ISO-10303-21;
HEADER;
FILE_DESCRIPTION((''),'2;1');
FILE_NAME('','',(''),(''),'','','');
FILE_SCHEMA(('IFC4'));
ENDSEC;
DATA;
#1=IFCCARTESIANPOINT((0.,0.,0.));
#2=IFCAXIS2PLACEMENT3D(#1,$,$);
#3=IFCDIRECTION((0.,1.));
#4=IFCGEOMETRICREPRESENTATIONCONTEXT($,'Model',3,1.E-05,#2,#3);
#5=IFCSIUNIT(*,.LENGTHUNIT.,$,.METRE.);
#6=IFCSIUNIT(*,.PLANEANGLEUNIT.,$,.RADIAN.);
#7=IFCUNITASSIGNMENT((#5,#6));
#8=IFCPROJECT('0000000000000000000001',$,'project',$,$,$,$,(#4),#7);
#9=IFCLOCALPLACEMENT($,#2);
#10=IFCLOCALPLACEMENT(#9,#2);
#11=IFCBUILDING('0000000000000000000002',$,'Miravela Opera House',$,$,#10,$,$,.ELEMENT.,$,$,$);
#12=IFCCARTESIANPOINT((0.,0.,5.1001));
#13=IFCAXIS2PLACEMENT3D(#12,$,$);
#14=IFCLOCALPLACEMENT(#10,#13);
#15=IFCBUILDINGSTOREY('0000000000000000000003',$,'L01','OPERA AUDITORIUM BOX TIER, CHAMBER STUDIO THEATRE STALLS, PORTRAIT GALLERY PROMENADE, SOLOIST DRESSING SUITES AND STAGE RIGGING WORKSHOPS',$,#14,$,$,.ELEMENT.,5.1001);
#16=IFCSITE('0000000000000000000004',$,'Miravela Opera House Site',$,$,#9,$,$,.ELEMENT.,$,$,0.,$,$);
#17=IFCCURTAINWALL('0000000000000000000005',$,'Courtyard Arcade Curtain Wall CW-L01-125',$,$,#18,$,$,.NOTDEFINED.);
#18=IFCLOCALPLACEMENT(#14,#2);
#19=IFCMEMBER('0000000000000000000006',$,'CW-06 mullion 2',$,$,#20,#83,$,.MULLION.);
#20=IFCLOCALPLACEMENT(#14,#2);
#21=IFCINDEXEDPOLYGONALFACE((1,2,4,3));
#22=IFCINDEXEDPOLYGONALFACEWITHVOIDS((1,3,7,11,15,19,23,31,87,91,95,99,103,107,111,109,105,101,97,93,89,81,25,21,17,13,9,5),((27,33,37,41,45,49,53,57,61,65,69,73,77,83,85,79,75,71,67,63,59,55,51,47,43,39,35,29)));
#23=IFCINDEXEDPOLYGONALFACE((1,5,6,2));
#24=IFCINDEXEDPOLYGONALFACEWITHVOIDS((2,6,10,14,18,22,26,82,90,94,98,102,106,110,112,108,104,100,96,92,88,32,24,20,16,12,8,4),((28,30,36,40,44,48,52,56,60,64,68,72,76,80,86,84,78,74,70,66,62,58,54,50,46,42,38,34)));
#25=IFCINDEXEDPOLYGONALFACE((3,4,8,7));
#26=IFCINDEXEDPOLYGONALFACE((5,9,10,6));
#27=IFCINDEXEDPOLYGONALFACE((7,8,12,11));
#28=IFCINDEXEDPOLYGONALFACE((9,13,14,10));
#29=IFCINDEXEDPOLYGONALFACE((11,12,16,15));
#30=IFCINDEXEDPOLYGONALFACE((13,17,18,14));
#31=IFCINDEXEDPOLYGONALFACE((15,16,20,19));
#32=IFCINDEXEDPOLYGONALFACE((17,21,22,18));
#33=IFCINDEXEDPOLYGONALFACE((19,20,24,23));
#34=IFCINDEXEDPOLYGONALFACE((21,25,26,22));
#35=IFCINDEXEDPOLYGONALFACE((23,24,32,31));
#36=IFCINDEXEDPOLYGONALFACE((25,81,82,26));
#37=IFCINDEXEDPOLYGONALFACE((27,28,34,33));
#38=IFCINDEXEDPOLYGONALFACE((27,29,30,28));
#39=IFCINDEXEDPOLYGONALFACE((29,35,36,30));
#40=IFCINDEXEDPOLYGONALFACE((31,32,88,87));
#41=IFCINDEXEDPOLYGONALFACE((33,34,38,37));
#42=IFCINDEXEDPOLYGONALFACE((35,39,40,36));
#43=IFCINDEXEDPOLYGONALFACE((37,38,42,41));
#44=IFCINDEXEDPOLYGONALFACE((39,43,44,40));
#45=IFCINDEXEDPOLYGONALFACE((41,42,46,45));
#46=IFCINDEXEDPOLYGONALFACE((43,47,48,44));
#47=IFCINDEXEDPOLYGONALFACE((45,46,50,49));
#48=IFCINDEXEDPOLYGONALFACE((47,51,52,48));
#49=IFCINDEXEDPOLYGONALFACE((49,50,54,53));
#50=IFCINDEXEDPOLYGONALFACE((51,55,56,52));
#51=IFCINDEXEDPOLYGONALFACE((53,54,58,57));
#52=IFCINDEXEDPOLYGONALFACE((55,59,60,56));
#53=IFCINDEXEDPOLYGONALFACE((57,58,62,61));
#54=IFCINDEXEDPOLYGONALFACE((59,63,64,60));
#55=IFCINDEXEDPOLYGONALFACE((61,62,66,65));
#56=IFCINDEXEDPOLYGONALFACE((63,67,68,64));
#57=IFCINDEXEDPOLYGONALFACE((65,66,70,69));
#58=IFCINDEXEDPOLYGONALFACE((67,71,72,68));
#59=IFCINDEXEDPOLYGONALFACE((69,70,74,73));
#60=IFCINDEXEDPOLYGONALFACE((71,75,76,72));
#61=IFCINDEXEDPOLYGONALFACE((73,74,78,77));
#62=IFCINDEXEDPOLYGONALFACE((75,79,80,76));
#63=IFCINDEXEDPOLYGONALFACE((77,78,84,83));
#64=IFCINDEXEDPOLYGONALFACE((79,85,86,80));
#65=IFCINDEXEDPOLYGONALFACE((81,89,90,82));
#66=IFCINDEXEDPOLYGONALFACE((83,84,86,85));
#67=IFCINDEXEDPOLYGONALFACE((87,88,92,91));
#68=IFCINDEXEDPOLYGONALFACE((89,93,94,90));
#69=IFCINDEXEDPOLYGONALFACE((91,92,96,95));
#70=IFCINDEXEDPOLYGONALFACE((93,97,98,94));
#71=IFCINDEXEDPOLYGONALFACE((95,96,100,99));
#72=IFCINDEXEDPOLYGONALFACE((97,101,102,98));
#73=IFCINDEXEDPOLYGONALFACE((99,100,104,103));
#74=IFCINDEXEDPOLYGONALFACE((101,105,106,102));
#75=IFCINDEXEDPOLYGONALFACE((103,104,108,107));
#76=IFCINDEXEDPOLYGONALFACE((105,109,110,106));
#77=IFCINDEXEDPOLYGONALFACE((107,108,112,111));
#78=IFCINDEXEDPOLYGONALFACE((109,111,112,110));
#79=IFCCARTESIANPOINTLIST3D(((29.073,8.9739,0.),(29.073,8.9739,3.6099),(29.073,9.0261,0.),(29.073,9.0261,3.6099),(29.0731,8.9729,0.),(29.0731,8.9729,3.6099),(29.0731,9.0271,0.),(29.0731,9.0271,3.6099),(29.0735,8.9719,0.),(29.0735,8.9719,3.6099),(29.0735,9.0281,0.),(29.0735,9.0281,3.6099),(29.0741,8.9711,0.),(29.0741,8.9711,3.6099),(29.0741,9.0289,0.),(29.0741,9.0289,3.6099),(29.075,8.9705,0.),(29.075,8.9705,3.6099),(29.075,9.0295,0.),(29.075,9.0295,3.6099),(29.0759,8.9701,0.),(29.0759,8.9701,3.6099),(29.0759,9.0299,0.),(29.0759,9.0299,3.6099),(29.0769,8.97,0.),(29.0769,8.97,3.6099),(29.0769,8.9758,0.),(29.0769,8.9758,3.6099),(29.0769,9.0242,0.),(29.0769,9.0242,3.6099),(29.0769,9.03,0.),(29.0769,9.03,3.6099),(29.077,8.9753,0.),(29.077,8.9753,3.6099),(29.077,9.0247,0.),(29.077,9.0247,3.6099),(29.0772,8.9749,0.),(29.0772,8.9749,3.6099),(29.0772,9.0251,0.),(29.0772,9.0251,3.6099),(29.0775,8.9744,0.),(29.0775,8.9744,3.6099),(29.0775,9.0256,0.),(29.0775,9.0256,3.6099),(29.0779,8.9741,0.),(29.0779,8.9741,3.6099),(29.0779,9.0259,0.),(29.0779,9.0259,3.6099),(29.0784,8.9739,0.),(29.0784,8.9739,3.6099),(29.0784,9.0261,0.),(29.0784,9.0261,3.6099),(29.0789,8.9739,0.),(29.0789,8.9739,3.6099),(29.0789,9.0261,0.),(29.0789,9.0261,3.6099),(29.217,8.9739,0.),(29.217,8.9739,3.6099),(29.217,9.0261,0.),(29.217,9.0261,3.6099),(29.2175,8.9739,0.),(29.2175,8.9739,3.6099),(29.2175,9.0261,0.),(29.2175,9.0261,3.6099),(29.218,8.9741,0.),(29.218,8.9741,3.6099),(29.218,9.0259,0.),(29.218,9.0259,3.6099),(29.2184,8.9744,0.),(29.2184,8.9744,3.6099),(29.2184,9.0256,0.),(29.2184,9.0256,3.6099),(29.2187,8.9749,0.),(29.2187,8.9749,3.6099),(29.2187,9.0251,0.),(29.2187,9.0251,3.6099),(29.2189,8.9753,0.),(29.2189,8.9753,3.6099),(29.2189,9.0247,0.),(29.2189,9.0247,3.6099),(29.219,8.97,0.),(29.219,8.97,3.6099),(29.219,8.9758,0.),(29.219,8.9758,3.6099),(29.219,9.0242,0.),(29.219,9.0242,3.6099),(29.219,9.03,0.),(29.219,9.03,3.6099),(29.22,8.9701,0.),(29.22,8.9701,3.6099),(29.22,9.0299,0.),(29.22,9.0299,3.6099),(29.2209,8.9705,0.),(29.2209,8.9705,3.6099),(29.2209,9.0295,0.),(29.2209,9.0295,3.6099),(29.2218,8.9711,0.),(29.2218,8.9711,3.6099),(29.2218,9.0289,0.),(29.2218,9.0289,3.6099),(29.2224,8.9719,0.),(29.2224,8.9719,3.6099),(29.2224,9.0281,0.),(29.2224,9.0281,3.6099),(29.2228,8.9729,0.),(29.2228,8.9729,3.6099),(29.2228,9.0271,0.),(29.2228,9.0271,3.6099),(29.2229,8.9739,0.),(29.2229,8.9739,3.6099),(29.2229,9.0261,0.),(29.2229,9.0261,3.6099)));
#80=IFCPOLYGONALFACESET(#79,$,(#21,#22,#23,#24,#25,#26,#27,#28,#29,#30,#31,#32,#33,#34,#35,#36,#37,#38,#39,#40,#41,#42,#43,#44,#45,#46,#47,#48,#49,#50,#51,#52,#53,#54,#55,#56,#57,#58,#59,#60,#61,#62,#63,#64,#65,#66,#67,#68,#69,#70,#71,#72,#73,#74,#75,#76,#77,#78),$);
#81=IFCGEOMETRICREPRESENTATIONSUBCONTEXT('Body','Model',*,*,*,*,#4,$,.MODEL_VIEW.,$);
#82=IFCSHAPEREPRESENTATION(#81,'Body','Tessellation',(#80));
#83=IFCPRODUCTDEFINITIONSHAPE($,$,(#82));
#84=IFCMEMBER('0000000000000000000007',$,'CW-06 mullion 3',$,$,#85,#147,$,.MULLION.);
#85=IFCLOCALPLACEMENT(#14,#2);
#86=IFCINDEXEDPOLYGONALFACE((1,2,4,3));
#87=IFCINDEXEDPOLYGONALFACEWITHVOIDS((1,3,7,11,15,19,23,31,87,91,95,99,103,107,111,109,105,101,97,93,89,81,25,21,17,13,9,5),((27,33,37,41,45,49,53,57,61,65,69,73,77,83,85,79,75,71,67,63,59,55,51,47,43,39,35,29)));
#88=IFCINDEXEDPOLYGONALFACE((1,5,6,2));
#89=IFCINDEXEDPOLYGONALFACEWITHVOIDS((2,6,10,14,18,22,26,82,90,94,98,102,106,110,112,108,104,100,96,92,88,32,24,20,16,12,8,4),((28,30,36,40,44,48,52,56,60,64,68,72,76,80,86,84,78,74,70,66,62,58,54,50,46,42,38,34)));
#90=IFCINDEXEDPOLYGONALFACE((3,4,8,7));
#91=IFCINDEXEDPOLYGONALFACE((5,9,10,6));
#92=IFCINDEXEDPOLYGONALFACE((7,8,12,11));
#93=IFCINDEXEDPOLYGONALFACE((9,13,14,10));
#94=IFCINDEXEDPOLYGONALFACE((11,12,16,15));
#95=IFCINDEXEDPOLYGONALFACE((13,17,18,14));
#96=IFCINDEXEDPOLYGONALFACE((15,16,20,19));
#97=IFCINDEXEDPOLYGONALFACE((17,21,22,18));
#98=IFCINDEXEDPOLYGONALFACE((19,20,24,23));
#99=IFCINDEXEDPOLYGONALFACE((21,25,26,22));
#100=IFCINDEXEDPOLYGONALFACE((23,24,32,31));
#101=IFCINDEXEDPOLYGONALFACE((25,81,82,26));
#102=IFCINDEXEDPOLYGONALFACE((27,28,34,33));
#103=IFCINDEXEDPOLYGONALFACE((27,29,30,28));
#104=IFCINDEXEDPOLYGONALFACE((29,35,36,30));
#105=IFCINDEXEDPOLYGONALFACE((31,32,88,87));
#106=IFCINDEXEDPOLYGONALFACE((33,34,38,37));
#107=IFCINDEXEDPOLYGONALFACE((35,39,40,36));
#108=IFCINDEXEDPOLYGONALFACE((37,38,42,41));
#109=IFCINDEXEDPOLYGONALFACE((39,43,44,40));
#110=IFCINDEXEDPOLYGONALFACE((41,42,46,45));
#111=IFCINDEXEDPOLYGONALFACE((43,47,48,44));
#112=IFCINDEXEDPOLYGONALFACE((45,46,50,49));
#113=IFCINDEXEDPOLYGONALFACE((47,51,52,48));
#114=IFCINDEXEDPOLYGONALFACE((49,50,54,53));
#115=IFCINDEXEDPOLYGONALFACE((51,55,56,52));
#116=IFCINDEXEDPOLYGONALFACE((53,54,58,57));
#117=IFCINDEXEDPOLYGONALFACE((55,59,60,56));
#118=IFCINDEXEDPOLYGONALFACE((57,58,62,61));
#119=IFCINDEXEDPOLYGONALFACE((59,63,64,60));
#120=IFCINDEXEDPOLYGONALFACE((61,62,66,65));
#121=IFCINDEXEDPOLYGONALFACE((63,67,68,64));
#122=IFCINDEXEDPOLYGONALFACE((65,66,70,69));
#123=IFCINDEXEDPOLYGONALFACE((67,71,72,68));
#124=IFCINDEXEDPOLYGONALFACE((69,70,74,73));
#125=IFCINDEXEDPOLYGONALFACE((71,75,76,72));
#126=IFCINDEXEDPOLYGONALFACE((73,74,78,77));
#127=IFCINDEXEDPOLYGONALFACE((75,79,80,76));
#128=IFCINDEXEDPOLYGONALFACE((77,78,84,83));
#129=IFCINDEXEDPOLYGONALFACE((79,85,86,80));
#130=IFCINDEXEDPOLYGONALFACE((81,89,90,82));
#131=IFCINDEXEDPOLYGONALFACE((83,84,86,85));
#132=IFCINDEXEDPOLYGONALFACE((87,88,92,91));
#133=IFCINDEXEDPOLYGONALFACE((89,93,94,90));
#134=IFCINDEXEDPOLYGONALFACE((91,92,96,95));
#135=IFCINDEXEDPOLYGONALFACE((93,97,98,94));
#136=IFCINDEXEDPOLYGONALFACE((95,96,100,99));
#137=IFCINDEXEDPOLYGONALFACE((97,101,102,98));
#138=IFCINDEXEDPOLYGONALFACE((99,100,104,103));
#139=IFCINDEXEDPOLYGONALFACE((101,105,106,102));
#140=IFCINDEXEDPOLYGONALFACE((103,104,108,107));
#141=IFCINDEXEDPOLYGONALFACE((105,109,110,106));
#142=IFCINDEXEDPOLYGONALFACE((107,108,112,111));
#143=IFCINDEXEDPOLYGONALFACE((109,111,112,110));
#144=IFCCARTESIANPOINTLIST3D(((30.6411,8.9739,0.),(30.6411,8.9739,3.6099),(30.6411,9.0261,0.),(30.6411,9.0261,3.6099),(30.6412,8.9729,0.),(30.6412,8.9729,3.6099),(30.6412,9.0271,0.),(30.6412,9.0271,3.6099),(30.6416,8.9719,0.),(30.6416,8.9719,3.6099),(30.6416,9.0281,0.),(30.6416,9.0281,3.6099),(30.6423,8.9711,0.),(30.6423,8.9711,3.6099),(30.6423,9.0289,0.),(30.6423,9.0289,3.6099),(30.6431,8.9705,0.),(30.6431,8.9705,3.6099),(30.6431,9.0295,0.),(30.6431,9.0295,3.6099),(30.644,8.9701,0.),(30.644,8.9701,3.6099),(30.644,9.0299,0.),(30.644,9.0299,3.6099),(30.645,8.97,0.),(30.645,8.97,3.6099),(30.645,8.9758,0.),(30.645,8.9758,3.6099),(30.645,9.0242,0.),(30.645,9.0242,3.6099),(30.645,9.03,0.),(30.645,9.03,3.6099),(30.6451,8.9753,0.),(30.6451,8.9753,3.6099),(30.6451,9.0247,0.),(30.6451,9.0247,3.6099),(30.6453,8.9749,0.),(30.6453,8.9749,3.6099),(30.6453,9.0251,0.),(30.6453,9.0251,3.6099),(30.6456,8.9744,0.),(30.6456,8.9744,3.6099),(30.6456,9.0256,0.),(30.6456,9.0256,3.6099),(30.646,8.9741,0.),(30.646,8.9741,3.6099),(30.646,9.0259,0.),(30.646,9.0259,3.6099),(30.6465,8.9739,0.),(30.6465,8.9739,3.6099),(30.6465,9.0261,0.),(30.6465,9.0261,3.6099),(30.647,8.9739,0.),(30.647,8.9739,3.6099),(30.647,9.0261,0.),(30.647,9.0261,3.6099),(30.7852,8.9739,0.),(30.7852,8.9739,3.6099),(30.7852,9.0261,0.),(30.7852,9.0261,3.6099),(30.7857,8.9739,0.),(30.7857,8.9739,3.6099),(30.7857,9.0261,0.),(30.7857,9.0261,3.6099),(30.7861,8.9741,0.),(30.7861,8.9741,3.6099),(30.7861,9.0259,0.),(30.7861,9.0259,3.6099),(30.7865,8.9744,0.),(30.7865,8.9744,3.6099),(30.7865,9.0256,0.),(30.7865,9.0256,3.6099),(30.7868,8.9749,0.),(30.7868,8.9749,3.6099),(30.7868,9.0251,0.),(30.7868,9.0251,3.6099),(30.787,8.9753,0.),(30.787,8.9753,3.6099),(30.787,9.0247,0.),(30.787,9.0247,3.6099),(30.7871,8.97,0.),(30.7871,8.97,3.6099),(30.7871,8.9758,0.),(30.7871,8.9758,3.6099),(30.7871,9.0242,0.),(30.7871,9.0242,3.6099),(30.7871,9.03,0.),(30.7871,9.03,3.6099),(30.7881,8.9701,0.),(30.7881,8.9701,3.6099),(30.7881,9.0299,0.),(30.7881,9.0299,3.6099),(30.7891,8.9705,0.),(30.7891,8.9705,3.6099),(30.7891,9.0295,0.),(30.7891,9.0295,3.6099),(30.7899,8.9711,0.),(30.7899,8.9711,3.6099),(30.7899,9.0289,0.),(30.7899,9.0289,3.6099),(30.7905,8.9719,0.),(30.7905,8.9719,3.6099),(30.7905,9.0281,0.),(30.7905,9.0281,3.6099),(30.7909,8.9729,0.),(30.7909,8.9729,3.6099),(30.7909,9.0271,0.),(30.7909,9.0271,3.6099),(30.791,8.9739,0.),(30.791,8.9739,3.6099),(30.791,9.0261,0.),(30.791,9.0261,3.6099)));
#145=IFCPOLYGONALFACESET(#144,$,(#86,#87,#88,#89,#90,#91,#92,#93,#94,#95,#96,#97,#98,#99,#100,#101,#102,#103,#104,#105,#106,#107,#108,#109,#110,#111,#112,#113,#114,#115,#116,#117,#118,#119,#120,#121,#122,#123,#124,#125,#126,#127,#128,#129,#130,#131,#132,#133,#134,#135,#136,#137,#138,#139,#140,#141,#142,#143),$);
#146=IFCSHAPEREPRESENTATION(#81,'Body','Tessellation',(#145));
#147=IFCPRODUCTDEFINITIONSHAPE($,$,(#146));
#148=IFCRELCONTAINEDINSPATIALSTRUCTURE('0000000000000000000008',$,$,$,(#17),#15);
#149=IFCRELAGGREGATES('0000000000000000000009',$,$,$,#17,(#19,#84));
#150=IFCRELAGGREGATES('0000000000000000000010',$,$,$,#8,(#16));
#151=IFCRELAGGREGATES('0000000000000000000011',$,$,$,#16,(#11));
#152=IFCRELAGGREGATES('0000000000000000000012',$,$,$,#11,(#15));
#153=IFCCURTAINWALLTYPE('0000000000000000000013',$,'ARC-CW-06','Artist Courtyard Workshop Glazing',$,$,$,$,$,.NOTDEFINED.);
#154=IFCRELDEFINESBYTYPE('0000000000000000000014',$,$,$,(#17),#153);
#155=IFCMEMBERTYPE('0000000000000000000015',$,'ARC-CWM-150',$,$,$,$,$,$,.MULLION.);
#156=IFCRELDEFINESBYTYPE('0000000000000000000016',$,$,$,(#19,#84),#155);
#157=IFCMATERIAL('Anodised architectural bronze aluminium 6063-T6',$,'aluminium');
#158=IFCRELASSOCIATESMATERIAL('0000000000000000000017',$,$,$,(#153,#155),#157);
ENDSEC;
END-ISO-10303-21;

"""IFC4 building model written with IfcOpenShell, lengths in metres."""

from ifc_helpers import new_model, si_unit, direction, frame, origin, origin_2d, place, context, subcontext, project, spatial, hollow_rectangle, extrude, material, material_profile, profile_set, type_object, element, aggregate, save


model = new_model("IFC4")

# Units and contexts
model_context = context("Model", 3, precision=1e-05, world=origin(), true_north=direction((0.0, 1.0)))
body_context = subcontext(model_context, "Body", "Model", "MODEL_VIEW")
ifc_project = project(units=[si_unit("LENGTHUNIT", "METRE"), si_unit("PLANEANGLEUNIT", "RADIAN")], contexts=[model_context])

# Site, building, storey
site_placement = place(None, origin())
site = spatial("IfcSite", under=ifc_project, at=site_placement, Name="Miravela Opera House Site", CompositionType="ELEMENT", RefElevation=0.0)
building_placement = place(site_placement, origin())
building = spatial("IfcBuilding", under=site, at=building_placement, Name="Miravela Opera House", CompositionType="ELEMENT")
storey_placement = place(building_placement, frame((0.0, 0.0, 5.1001)))
storey = spatial("IfcBuildingStorey", under=building, at=storey_placement, Name="L01", Description="OPERA AUDITORIUM BOX TIER, CHAMBER STUDIO THEATRE STALLS, PORTRAIT GALLERY PROMENADE, SOLOIST DRESSING SUITES AND STAGE RIGGING WORKSHOPS", CompositionType="ELEMENT", Elevation=5.1001)

# Curtain wall, members
ifc_material_1 = material(Name="Anodised architectural bronze aluminium 6063-T6", Category="aluminium")
curtain_wall_type = type_object("IfcCurtainWallType", Name="ARC-CW-06", Description="Artist Courtyard Workshop Glazing", PredefinedType="NOTDEFINED", material=ifc_material_1)
curtain_wall_placement = place(storey_placement, origin())
curtain_wall = element("IfcCurtainWall", 1, at=curtain_wall_placement, inside=storey, type_object=curtain_wall_type, Name="Courtyard Arcade Curtain Wall CW-L01-125", PredefinedType="NOTDEFINED")
ifc_material_profile_1 = material_profile(ifc_material_1, hollow_rectangle(XDim=0.0601, YDim=0.1499, WallThickness=0.0039, InnerFilletRadius=0.002, OuterFilletRadius=0.0039, at=origin_2d()), Name="CWM-60X150")
ifc_profile_set_1 = profile_set([ifc_material_profile_1])
member_type_1 = type_object("IfcMemberType", Name="ARC-CWM-150", PredefinedType="MULLION", material=ifc_profile_set_1)
member_1_placement = place(storey_placement, frame((29.1479, 9.0, 0.0), z_axis=(0.0, 0.0, 1.0), x_axis=(0.0, 1.0, 0.0)))
member_1 = element("IfcMember", 2, at=member_1_placement, type_object=member_type_1, Name="CW-06 mullion 2", PredefinedType="MULLION", context=body_context, shape_type="SweptSolid", body=[
    extrude(hollow_rectangle(XDim=0.0601, YDim=0.1499, WallThickness=0.0039, InnerFilletRadius=0.002, OuterFilletRadius=0.0039, at=origin_2d()), origin(), (0.0, 0.0, 1.0), 3.6099),
])
member_2_placement = place(storey_placement, frame((30.7161, 9.0, 0.0), z_axis=(0.0, 0.0, 1.0), x_axis=(0.0, 1.0, 0.0)))
member_2 = element("IfcMember", 3, at=member_2_placement, type_object=member_type_1, Name="CW-06 mullion 3", PredefinedType="MULLION", context=body_context, shape_type="SweptSolid", body=[
    extrude(hollow_rectangle(XDim=0.0601, YDim=0.1499, WallThickness=0.0039, InnerFilletRadius=0.002, OuterFilletRadius=0.0039, at=origin_2d()), origin(), (0.0, 0.0, 1.0), 3.6099),
])

aggregate(curtain_wall, [member_1, member_2])

save(model, "model.ifc")
